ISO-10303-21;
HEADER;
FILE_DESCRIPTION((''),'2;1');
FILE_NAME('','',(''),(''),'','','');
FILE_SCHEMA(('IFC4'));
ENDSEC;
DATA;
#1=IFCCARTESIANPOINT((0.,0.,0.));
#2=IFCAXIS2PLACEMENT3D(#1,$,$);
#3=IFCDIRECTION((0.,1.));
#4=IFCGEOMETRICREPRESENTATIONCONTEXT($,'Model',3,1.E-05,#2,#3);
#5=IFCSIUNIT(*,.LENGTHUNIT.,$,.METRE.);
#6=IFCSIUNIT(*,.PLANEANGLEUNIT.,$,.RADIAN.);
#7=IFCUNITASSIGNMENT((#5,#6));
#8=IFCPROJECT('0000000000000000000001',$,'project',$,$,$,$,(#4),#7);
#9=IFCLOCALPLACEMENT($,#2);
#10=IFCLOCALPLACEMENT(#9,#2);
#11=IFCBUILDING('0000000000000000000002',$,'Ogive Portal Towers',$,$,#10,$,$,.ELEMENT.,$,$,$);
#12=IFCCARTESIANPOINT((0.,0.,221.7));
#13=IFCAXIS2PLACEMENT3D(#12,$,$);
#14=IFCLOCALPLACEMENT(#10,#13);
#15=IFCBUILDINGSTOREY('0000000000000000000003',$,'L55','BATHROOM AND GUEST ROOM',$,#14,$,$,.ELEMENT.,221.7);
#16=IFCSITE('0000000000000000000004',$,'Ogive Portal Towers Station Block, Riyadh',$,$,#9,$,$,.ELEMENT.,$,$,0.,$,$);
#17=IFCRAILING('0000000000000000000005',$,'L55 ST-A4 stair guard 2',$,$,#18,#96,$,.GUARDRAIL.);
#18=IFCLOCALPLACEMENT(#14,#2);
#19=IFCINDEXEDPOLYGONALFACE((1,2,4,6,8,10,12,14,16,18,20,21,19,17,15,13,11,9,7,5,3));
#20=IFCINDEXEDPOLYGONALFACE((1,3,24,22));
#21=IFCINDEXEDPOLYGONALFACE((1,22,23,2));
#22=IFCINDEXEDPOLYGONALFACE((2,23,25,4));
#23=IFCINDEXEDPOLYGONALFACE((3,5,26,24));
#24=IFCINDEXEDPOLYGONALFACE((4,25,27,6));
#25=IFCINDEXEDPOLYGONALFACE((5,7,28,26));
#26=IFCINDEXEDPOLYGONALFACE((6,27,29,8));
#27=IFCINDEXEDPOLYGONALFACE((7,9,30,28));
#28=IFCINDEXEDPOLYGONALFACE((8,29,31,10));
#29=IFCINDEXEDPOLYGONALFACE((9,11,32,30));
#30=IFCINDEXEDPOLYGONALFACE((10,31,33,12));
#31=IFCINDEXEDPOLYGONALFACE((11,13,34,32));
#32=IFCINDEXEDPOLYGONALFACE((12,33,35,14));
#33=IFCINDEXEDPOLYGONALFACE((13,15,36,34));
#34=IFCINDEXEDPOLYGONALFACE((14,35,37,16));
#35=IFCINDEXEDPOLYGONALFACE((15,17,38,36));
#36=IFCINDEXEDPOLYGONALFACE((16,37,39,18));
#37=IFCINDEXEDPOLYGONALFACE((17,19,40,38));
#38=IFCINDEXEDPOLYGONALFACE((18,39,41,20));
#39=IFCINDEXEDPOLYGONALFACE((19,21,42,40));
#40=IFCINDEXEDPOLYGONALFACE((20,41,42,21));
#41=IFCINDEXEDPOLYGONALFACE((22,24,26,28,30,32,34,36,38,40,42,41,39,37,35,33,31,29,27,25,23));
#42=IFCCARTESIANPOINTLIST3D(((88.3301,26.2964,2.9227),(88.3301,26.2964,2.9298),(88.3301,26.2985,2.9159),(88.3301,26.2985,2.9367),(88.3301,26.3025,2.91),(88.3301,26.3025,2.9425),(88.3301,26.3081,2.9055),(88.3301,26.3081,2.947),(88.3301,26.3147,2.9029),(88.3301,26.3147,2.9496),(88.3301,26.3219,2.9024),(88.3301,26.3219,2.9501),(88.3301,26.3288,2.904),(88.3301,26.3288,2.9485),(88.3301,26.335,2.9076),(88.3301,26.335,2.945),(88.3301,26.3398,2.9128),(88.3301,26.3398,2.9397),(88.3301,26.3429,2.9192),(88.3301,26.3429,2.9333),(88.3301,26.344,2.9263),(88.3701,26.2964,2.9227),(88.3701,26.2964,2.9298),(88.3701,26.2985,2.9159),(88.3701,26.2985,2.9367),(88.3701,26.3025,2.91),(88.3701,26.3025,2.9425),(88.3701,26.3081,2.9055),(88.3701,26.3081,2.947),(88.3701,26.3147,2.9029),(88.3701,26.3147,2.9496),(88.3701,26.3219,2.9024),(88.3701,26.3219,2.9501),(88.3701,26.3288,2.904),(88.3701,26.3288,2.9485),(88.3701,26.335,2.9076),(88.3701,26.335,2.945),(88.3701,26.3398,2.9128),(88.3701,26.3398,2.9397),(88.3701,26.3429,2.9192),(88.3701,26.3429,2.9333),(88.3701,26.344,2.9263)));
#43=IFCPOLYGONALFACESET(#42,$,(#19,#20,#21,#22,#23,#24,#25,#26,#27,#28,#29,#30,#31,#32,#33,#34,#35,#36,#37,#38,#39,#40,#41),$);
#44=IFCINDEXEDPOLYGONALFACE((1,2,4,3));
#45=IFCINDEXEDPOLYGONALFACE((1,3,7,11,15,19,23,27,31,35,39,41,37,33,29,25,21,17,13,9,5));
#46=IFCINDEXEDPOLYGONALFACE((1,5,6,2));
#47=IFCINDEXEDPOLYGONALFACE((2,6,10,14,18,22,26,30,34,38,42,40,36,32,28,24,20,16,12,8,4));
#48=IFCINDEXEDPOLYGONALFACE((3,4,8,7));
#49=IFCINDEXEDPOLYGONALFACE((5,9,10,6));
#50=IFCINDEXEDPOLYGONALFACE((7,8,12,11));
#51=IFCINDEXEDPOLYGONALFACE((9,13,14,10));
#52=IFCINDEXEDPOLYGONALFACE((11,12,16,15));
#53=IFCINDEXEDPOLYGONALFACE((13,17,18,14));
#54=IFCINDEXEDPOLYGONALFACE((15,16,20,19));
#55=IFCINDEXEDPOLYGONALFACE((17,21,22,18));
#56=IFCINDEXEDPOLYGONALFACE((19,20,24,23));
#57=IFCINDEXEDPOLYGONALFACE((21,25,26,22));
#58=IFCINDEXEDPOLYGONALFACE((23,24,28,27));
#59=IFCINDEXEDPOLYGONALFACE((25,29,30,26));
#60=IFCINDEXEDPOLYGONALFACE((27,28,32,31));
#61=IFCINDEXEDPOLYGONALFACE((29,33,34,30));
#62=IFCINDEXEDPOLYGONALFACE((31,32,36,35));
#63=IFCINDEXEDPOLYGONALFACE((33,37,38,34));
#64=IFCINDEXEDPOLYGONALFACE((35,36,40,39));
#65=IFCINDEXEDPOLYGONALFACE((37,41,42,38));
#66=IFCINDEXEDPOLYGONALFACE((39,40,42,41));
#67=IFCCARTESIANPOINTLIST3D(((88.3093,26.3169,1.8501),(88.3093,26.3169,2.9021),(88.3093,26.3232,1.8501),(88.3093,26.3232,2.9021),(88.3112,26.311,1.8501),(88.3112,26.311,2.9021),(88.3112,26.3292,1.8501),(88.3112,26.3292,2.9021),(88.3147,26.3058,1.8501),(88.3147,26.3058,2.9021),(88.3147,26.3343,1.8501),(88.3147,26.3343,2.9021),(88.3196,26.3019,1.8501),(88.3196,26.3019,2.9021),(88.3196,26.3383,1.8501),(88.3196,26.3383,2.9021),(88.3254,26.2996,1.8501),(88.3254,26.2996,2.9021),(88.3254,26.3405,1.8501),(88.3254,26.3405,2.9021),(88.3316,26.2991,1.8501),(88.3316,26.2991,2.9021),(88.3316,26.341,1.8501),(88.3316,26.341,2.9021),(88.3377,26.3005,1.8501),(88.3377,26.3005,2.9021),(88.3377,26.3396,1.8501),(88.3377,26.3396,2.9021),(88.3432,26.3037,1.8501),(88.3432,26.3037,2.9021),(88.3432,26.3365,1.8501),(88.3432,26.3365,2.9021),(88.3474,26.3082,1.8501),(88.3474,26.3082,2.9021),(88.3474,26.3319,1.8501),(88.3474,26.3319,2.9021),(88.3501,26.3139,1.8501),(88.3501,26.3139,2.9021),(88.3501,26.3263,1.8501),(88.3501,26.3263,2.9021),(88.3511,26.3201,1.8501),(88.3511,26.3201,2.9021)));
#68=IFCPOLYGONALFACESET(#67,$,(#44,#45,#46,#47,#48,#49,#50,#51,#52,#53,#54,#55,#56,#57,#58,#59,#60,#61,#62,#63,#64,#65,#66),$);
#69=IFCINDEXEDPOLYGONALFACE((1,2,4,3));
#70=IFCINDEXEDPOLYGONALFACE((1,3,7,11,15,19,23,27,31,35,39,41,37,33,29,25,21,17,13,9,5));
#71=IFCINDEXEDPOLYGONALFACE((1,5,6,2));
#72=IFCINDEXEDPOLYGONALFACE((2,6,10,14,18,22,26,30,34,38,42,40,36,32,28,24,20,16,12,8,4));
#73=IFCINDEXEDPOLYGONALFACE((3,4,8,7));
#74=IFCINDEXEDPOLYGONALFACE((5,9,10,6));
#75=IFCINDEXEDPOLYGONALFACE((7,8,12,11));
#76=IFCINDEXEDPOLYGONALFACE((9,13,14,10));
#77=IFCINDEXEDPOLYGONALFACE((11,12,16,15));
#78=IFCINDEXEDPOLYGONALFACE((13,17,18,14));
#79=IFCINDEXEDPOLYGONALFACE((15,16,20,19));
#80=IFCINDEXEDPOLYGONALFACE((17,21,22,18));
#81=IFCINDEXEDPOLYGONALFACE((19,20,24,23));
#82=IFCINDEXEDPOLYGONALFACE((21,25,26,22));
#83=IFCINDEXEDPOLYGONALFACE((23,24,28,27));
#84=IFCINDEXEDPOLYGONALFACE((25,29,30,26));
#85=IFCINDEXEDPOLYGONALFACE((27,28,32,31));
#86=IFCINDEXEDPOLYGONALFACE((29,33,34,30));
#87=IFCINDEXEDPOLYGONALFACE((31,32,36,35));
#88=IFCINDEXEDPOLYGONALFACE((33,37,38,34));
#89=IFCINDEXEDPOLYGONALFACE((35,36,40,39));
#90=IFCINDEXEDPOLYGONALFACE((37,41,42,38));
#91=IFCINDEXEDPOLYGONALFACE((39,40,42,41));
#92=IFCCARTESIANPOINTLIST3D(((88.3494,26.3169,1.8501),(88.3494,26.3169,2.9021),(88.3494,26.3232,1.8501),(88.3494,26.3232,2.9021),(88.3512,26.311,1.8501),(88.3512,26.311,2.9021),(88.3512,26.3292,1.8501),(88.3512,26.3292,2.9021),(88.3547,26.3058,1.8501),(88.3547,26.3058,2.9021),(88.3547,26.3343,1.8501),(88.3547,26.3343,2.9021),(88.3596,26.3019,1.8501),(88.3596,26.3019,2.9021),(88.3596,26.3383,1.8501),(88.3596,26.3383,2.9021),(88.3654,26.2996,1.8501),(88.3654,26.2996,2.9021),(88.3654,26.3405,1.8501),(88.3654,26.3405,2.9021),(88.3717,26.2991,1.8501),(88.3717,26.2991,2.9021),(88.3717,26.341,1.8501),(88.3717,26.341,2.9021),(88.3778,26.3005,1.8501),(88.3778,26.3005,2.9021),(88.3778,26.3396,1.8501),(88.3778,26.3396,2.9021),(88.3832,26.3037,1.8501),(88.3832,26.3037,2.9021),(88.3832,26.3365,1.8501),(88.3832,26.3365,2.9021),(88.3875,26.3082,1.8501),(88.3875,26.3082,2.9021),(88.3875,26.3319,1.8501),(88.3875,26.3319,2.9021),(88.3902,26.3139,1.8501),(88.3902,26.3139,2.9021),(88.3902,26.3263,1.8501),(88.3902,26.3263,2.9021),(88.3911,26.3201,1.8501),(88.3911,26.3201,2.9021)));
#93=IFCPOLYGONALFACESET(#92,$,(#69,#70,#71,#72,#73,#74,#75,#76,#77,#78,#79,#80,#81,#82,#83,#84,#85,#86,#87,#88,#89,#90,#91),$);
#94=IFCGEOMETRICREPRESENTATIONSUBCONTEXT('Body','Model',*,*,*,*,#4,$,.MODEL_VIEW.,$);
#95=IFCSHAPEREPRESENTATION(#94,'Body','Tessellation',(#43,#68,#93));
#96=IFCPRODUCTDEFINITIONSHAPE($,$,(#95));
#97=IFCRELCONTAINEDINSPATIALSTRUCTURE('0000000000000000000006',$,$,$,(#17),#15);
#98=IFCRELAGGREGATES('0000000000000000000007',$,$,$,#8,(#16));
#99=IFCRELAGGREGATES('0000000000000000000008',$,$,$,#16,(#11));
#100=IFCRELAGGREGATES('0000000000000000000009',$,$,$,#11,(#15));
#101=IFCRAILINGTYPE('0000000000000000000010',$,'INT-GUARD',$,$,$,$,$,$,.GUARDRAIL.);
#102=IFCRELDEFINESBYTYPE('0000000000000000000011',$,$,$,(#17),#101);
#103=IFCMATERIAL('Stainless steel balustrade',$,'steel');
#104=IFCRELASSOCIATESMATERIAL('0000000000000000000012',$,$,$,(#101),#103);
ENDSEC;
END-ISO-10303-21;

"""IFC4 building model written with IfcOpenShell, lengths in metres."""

from ifc_helpers import new_model, si_unit, direction, frame, origin, origin_2d, place, context, subcontext, project, spatial, circle, extrude, material, type_object, element, save


model = new_model("IFC4")

# Units and contexts
model_context = context("Model", 3, precision=1e-05, world=origin(), true_north=direction((0.0, 1.0)))
body_context = subcontext(model_context, "Body", "Model", "MODEL_VIEW")
ifc_project = project(units=[si_unit("LENGTHUNIT", "METRE"), si_unit("PLANEANGLEUNIT", "RADIAN")], contexts=[model_context])

# Site, building, storey
site_placement = place(None, origin())
site = spatial("IfcSite", under=ifc_project, at=site_placement, Name="Ogive Portal Towers Station Block, Riyadh", CompositionType="ELEMENT", RefElevation=0.0)
building_placement = place(site_placement, origin())
building = spatial("IfcBuilding", under=site, at=building_placement, Name="Ogive Portal Towers", CompositionType="ELEMENT")
storey_placement = place(building_placement, frame((0.0, 0.0, 221.7)))
storey = spatial("IfcBuildingStorey", under=building, at=storey_placement, Name="L55", Description="BATHROOM AND GUEST ROOM", CompositionType="ELEMENT", Elevation=221.7)

# Railing
ifc_material_1 = material(Name="Stainless steel balustrade", Category="steel")
railing_type_1 = type_object("IfcRailingType", Name="INT-GUARD", PredefinedType="GUARDRAIL", material=ifc_material_1)
railing_1_placement = place(storey_placement, frame((88.3301, 26.3201, 1.8501)))
element("IfcRailing", 1, at=railing_1_placement, inside=storey, type_object=railing_type_1, Name="L55 ST-A4 stair guard 2", PredefinedType="GUARDRAIL", context=body_context, shape_type="SweptSolid", body=[
    extrude(circle(Radius=0.0239, at=origin_2d()), frame((0.0, 0.0, 1.0762), z_axis=(1.0, 0.0, 0.0), x_axis=(0.0, 1.0, 0.0)), (0.0, 0.0, 1.0), 0.04),
    extrude(circle(Radius=0.021, at=origin_2d()), origin(), (0.0, 0.0, 1.0), 1.052),
    extrude(circle(Radius=0.021, at=origin_2d()), frame((0.04, 0.0, 0.0)), (0.0, 0.0, 1.0), 1.052),
])

save(model, "model.ifc")
